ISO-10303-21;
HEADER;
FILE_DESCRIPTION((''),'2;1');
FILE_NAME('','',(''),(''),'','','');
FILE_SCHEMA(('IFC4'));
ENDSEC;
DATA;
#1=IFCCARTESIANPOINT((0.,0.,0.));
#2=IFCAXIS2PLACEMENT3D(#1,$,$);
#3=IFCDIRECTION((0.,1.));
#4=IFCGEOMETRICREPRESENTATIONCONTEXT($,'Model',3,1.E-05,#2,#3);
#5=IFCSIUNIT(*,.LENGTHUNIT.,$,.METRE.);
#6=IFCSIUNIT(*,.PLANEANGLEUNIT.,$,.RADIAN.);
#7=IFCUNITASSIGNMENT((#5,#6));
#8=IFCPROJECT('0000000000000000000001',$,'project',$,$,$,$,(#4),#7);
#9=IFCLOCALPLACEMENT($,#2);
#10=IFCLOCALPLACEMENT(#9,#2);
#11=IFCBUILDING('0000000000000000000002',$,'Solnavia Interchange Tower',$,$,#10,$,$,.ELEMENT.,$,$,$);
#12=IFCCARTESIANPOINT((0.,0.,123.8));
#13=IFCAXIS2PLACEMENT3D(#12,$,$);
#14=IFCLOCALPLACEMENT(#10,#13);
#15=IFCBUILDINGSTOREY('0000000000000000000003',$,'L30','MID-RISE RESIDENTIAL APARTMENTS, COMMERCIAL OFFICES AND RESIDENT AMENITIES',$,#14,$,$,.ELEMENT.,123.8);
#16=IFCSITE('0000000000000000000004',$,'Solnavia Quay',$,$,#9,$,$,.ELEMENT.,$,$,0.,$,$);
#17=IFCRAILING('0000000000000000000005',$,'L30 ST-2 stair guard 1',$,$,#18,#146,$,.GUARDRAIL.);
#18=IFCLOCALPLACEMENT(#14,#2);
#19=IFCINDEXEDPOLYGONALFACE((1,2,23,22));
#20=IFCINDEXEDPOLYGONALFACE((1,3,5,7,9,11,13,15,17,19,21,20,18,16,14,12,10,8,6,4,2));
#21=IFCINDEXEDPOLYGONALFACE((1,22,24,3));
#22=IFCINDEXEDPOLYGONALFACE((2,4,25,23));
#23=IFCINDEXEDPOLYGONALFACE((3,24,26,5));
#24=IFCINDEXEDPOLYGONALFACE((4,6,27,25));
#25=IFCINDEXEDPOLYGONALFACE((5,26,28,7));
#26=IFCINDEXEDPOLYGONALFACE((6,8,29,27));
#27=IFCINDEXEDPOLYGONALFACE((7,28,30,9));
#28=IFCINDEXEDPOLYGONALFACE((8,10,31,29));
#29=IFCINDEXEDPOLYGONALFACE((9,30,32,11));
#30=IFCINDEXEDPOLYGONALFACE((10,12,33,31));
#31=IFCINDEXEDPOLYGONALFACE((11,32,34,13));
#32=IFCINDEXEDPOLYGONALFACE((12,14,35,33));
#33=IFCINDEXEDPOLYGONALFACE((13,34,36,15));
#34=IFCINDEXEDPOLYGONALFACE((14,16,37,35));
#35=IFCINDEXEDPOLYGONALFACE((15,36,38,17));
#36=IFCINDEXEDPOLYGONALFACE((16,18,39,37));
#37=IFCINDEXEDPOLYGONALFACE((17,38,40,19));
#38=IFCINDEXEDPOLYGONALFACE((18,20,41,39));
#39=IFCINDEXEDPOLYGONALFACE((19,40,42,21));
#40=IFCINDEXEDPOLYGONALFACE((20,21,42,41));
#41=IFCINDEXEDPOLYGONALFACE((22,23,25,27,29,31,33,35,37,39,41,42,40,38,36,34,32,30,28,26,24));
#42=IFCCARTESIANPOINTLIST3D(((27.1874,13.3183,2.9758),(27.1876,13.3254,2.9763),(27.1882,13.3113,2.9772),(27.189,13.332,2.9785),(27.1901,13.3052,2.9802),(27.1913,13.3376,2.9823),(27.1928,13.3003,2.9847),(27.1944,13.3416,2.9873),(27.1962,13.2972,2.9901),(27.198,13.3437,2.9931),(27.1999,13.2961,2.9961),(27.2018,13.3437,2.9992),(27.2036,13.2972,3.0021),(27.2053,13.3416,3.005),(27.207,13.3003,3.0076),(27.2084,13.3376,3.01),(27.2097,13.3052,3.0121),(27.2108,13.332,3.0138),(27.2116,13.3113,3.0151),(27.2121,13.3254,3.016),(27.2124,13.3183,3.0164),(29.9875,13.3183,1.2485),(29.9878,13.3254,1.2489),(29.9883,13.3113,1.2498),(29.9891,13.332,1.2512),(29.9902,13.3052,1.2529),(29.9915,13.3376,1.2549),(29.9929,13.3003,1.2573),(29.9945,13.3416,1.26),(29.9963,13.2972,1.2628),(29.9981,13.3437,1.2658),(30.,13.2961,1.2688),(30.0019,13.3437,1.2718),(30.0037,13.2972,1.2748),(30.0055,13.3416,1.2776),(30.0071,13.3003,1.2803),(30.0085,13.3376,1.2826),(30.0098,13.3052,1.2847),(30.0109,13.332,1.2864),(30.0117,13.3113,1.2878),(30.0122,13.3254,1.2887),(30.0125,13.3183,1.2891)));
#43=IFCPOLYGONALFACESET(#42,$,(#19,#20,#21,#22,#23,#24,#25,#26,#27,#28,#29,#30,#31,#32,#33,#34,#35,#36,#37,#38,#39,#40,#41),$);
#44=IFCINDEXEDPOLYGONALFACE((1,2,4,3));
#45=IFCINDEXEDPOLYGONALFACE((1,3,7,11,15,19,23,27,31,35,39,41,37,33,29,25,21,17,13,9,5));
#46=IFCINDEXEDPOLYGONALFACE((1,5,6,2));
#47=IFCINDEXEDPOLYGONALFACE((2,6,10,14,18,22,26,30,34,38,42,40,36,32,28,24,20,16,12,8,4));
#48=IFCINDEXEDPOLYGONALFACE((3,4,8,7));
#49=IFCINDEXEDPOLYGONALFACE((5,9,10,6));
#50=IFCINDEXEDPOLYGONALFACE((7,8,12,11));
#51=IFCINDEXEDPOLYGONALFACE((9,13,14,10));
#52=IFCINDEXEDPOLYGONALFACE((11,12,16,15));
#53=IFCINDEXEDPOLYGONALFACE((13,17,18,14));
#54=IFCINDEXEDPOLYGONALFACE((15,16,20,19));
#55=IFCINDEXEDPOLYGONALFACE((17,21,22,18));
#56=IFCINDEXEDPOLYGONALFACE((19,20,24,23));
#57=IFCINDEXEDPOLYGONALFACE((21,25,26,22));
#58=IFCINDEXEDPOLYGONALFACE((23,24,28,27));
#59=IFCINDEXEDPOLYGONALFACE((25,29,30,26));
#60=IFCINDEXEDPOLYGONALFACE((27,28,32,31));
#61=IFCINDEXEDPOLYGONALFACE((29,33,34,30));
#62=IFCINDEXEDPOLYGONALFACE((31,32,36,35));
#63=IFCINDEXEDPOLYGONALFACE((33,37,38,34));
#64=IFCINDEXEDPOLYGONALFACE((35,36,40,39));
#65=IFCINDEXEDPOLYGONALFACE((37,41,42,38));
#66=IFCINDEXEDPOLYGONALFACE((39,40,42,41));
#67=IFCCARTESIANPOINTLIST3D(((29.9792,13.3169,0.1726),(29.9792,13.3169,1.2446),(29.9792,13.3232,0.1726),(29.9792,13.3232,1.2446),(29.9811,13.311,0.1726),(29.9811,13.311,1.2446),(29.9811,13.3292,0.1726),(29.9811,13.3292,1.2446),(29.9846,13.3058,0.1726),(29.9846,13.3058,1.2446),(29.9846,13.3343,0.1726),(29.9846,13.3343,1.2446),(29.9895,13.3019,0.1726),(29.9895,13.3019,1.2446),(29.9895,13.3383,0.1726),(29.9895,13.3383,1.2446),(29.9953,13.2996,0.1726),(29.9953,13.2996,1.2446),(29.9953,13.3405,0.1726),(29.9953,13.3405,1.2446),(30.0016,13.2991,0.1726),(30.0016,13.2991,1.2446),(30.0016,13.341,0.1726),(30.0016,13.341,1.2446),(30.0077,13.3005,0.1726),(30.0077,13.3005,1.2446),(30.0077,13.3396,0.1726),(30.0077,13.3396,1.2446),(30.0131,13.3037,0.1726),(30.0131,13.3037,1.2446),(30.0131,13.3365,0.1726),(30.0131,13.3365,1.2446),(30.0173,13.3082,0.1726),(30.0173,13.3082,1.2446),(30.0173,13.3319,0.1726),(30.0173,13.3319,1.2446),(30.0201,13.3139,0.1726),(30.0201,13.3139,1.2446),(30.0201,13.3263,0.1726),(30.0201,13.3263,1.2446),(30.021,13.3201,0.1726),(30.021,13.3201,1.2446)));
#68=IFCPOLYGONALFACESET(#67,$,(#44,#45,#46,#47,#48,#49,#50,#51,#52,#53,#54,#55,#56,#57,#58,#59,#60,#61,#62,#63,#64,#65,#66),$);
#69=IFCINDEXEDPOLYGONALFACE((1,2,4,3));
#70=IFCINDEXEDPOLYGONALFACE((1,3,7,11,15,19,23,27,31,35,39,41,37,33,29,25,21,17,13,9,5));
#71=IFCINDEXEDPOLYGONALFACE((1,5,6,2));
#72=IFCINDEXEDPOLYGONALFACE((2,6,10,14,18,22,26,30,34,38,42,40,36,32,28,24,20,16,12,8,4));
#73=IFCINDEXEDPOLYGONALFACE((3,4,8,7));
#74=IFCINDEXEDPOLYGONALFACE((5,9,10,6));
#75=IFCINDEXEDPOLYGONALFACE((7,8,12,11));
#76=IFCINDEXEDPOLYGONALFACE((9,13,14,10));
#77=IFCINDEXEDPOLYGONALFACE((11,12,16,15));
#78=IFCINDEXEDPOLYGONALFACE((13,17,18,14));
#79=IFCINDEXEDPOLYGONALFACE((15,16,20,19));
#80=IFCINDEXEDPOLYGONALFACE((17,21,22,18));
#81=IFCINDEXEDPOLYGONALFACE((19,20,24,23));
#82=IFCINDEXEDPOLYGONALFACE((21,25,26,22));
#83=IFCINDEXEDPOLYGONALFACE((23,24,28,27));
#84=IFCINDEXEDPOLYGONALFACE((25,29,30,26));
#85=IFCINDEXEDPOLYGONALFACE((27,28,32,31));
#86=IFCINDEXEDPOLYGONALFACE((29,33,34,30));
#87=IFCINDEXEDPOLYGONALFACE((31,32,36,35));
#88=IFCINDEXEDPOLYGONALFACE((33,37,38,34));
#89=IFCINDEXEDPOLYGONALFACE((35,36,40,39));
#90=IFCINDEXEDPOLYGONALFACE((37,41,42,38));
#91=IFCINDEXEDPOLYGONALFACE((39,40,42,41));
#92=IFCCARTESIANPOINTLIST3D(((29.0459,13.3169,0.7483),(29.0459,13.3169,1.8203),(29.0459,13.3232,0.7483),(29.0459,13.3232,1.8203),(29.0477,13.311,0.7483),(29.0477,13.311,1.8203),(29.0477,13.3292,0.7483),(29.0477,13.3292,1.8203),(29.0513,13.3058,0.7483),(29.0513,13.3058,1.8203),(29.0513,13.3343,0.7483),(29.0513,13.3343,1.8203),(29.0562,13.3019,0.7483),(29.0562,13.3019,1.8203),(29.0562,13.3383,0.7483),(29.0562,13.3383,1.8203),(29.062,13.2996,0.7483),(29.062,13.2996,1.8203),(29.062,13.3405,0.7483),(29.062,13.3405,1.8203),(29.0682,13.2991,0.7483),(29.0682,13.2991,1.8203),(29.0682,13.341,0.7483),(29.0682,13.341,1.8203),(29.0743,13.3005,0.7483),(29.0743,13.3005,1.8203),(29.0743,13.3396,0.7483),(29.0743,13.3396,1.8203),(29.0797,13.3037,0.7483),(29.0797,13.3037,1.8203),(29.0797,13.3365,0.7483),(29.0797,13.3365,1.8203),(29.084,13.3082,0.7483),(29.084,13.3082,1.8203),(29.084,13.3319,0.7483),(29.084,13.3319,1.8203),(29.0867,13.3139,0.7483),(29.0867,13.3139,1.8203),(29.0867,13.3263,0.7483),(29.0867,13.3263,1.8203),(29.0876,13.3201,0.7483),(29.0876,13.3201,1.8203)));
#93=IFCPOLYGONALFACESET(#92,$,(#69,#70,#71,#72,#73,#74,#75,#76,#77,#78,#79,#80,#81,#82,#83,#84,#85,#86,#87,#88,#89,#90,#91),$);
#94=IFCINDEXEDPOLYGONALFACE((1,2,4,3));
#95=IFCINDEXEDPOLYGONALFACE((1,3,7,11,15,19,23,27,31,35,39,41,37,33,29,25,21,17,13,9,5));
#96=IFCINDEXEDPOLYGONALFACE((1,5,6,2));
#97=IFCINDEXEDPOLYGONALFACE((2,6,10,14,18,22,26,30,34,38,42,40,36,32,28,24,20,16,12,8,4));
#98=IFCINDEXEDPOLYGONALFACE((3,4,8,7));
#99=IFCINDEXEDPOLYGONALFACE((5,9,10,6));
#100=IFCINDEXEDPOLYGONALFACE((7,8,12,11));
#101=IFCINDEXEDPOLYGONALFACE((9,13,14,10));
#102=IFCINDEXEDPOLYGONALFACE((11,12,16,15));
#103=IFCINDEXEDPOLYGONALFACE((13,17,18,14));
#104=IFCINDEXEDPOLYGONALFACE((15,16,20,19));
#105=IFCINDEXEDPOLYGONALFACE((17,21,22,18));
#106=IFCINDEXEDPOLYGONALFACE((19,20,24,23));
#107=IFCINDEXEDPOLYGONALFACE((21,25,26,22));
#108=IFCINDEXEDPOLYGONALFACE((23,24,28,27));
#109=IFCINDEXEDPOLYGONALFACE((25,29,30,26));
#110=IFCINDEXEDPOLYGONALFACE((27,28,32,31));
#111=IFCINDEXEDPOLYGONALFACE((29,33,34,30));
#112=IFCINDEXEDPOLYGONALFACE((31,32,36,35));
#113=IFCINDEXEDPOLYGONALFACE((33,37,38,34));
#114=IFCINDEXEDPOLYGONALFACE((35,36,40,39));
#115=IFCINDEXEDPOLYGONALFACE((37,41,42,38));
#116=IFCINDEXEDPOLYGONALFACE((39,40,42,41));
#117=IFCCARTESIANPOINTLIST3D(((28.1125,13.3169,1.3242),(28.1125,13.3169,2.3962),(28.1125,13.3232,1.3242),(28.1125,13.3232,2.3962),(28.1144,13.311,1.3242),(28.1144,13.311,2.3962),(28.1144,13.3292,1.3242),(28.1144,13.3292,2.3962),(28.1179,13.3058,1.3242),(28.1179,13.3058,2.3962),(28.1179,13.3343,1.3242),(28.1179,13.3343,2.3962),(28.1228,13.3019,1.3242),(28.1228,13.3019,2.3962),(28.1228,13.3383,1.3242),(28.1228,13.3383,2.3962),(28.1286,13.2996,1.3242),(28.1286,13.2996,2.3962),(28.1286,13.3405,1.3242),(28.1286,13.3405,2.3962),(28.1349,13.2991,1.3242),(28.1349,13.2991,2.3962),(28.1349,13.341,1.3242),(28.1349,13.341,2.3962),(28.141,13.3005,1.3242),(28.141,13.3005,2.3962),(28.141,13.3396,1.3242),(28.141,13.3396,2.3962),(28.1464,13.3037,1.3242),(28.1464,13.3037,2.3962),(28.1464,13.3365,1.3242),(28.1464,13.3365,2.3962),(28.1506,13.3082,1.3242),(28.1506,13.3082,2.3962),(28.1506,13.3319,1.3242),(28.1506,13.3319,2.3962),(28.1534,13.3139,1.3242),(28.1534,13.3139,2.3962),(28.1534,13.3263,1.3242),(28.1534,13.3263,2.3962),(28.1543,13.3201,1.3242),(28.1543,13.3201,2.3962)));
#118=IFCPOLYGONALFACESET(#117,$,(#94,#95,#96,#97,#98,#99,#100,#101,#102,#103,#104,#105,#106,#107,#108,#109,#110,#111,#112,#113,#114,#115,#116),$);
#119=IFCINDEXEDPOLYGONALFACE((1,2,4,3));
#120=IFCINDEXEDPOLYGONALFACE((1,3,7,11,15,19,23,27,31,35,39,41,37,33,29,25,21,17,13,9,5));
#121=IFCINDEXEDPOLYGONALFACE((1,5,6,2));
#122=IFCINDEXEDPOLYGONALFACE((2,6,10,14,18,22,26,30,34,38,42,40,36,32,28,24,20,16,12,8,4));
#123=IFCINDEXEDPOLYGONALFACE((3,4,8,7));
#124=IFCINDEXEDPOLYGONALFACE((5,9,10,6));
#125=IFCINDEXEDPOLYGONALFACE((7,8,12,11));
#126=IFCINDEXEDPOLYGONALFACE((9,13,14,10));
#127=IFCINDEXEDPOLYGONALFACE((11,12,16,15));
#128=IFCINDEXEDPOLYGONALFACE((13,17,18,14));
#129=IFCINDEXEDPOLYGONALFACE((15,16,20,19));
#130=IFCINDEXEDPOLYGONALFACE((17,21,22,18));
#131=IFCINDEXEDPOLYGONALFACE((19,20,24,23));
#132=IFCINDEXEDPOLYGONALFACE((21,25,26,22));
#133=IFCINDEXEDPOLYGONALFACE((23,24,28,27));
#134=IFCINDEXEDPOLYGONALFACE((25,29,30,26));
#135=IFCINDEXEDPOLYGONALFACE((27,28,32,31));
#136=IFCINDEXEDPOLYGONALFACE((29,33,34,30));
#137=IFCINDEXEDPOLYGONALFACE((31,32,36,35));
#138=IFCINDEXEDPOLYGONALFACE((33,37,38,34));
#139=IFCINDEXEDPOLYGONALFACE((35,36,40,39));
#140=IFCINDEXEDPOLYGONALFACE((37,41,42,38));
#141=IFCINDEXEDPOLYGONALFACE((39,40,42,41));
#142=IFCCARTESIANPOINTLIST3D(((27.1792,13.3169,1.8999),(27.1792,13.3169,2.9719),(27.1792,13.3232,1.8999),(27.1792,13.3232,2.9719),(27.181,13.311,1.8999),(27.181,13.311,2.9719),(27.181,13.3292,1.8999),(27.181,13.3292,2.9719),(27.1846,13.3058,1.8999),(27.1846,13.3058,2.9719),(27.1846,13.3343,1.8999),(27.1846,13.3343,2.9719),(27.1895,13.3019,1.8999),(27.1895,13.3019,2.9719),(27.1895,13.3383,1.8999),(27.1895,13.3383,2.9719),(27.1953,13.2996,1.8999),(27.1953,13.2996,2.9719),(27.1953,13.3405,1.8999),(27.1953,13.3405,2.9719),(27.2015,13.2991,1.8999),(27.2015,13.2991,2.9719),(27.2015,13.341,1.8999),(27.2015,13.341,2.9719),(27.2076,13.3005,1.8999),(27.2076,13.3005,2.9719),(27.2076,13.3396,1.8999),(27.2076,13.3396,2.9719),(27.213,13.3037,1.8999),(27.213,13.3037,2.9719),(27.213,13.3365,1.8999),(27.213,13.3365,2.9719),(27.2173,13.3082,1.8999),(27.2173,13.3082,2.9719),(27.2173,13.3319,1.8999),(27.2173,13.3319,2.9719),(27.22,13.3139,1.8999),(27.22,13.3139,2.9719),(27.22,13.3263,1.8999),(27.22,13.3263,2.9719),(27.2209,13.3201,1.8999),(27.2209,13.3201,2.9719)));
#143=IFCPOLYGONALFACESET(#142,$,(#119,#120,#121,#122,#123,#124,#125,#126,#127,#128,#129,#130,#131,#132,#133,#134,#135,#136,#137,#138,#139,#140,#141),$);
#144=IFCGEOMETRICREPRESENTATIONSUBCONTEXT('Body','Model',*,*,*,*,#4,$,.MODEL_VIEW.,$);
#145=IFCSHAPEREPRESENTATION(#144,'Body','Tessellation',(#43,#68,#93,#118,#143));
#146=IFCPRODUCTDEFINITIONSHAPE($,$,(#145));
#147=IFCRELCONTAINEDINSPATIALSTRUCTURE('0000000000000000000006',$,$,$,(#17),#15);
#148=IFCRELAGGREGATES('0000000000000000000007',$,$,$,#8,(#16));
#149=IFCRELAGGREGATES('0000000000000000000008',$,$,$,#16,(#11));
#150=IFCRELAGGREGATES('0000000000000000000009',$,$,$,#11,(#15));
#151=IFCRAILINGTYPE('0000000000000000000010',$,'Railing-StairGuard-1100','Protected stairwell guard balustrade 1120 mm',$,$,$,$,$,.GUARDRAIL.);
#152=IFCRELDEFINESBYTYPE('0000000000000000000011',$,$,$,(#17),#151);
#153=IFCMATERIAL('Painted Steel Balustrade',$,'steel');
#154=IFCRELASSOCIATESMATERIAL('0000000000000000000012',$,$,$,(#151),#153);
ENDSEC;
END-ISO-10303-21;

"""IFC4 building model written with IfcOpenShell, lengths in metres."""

from ifc_helpers import new_model, si_unit, direction, frame, origin, origin_2d, place, context, subcontext, project, spatial, circle, extrude, material, type_object, element, save


model = new_model("IFC4")

# Units and contexts
model_context = context("Model", 3, precision=1e-05, world=origin(), true_north=direction((0.0, 1.0)))
body_context = subcontext(model_context, "Body", "Model", "MODEL_VIEW")
ifc_project = project(units=[si_unit("LENGTHUNIT", "METRE"), si_unit("PLANEANGLEUNIT", "RADIAN")], contexts=[model_context])

# Site, building, storey
site_placement = place(None, origin())
site = spatial("IfcSite", under=ifc_project, at=site_placement, Name="Solnavia Quay", CompositionType="ELEMENT", RefElevation=0.0)
building_placement = place(site_placement, origin())
building = spatial("IfcBuilding", under=site, at=building_placement, Name="Solnavia Interchange Tower", CompositionType="ELEMENT")
storey_placement = place(building_placement, frame((0.0, 0.0, 123.8)))
storey = spatial("IfcBuildingStorey", under=building, at=storey_placement, Name="L30", Description="MID-RISE RESIDENTIAL APARTMENTS, COMMERCIAL OFFICES AND RESIDENT AMENITIES", CompositionType="ELEMENT", Elevation=123.8)

# Railing
ifc_material_1 = material(Name="Painted Steel Balustrade", Category="steel")
railing_type_1 = type_object("IfcRailingType", Name="Railing-StairGuard-1100", Description="Protected stairwell guard balustrade 1120 mm", PredefinedType="GUARDRAIL", material=ifc_material_1)
railing_1_placement = place(storey_placement, frame((30.0, 13.3201, 0.1726)))
element("IfcRailing", 1, at=railing_1_placement, inside=storey, type_object=railing_type_1, Name="L30 ST-2 stair guard 1", PredefinedType="GUARDRAIL", context=body_context, shape_type="SweptSolid", body=[
    extrude(circle(Radius=0.0239, at=origin_2d()), frame((0.0, 0.0, 1.0962), z_axis=(-0.85109, 0.0, 0.52502), x_axis=(0.0, -1.0, 0.0)), (0.0, 0.0, 1.0), 3.29),
    extrude(circle(Radius=0.021, at=origin_2d()), origin(), (0.0, 0.0, 1.0), 1.072),
    extrude(circle(Radius=0.021, at=origin_2d()), frame((-0.9333, 0.0, 0.5757)), (0.0, 0.0, 1.0), 1.072),
    extrude(circle(Radius=0.021, at=origin_2d()), frame((-1.8667, 0.0, 1.1516)), (0.0, 0.0, 1.0), 1.072),
    extrude(circle(Radius=0.021, at=origin_2d()), frame((-2.8, 0.0, 1.7273)), (0.0, 0.0, 1.0), 1.072),
])

save(model, "model.ifc")
